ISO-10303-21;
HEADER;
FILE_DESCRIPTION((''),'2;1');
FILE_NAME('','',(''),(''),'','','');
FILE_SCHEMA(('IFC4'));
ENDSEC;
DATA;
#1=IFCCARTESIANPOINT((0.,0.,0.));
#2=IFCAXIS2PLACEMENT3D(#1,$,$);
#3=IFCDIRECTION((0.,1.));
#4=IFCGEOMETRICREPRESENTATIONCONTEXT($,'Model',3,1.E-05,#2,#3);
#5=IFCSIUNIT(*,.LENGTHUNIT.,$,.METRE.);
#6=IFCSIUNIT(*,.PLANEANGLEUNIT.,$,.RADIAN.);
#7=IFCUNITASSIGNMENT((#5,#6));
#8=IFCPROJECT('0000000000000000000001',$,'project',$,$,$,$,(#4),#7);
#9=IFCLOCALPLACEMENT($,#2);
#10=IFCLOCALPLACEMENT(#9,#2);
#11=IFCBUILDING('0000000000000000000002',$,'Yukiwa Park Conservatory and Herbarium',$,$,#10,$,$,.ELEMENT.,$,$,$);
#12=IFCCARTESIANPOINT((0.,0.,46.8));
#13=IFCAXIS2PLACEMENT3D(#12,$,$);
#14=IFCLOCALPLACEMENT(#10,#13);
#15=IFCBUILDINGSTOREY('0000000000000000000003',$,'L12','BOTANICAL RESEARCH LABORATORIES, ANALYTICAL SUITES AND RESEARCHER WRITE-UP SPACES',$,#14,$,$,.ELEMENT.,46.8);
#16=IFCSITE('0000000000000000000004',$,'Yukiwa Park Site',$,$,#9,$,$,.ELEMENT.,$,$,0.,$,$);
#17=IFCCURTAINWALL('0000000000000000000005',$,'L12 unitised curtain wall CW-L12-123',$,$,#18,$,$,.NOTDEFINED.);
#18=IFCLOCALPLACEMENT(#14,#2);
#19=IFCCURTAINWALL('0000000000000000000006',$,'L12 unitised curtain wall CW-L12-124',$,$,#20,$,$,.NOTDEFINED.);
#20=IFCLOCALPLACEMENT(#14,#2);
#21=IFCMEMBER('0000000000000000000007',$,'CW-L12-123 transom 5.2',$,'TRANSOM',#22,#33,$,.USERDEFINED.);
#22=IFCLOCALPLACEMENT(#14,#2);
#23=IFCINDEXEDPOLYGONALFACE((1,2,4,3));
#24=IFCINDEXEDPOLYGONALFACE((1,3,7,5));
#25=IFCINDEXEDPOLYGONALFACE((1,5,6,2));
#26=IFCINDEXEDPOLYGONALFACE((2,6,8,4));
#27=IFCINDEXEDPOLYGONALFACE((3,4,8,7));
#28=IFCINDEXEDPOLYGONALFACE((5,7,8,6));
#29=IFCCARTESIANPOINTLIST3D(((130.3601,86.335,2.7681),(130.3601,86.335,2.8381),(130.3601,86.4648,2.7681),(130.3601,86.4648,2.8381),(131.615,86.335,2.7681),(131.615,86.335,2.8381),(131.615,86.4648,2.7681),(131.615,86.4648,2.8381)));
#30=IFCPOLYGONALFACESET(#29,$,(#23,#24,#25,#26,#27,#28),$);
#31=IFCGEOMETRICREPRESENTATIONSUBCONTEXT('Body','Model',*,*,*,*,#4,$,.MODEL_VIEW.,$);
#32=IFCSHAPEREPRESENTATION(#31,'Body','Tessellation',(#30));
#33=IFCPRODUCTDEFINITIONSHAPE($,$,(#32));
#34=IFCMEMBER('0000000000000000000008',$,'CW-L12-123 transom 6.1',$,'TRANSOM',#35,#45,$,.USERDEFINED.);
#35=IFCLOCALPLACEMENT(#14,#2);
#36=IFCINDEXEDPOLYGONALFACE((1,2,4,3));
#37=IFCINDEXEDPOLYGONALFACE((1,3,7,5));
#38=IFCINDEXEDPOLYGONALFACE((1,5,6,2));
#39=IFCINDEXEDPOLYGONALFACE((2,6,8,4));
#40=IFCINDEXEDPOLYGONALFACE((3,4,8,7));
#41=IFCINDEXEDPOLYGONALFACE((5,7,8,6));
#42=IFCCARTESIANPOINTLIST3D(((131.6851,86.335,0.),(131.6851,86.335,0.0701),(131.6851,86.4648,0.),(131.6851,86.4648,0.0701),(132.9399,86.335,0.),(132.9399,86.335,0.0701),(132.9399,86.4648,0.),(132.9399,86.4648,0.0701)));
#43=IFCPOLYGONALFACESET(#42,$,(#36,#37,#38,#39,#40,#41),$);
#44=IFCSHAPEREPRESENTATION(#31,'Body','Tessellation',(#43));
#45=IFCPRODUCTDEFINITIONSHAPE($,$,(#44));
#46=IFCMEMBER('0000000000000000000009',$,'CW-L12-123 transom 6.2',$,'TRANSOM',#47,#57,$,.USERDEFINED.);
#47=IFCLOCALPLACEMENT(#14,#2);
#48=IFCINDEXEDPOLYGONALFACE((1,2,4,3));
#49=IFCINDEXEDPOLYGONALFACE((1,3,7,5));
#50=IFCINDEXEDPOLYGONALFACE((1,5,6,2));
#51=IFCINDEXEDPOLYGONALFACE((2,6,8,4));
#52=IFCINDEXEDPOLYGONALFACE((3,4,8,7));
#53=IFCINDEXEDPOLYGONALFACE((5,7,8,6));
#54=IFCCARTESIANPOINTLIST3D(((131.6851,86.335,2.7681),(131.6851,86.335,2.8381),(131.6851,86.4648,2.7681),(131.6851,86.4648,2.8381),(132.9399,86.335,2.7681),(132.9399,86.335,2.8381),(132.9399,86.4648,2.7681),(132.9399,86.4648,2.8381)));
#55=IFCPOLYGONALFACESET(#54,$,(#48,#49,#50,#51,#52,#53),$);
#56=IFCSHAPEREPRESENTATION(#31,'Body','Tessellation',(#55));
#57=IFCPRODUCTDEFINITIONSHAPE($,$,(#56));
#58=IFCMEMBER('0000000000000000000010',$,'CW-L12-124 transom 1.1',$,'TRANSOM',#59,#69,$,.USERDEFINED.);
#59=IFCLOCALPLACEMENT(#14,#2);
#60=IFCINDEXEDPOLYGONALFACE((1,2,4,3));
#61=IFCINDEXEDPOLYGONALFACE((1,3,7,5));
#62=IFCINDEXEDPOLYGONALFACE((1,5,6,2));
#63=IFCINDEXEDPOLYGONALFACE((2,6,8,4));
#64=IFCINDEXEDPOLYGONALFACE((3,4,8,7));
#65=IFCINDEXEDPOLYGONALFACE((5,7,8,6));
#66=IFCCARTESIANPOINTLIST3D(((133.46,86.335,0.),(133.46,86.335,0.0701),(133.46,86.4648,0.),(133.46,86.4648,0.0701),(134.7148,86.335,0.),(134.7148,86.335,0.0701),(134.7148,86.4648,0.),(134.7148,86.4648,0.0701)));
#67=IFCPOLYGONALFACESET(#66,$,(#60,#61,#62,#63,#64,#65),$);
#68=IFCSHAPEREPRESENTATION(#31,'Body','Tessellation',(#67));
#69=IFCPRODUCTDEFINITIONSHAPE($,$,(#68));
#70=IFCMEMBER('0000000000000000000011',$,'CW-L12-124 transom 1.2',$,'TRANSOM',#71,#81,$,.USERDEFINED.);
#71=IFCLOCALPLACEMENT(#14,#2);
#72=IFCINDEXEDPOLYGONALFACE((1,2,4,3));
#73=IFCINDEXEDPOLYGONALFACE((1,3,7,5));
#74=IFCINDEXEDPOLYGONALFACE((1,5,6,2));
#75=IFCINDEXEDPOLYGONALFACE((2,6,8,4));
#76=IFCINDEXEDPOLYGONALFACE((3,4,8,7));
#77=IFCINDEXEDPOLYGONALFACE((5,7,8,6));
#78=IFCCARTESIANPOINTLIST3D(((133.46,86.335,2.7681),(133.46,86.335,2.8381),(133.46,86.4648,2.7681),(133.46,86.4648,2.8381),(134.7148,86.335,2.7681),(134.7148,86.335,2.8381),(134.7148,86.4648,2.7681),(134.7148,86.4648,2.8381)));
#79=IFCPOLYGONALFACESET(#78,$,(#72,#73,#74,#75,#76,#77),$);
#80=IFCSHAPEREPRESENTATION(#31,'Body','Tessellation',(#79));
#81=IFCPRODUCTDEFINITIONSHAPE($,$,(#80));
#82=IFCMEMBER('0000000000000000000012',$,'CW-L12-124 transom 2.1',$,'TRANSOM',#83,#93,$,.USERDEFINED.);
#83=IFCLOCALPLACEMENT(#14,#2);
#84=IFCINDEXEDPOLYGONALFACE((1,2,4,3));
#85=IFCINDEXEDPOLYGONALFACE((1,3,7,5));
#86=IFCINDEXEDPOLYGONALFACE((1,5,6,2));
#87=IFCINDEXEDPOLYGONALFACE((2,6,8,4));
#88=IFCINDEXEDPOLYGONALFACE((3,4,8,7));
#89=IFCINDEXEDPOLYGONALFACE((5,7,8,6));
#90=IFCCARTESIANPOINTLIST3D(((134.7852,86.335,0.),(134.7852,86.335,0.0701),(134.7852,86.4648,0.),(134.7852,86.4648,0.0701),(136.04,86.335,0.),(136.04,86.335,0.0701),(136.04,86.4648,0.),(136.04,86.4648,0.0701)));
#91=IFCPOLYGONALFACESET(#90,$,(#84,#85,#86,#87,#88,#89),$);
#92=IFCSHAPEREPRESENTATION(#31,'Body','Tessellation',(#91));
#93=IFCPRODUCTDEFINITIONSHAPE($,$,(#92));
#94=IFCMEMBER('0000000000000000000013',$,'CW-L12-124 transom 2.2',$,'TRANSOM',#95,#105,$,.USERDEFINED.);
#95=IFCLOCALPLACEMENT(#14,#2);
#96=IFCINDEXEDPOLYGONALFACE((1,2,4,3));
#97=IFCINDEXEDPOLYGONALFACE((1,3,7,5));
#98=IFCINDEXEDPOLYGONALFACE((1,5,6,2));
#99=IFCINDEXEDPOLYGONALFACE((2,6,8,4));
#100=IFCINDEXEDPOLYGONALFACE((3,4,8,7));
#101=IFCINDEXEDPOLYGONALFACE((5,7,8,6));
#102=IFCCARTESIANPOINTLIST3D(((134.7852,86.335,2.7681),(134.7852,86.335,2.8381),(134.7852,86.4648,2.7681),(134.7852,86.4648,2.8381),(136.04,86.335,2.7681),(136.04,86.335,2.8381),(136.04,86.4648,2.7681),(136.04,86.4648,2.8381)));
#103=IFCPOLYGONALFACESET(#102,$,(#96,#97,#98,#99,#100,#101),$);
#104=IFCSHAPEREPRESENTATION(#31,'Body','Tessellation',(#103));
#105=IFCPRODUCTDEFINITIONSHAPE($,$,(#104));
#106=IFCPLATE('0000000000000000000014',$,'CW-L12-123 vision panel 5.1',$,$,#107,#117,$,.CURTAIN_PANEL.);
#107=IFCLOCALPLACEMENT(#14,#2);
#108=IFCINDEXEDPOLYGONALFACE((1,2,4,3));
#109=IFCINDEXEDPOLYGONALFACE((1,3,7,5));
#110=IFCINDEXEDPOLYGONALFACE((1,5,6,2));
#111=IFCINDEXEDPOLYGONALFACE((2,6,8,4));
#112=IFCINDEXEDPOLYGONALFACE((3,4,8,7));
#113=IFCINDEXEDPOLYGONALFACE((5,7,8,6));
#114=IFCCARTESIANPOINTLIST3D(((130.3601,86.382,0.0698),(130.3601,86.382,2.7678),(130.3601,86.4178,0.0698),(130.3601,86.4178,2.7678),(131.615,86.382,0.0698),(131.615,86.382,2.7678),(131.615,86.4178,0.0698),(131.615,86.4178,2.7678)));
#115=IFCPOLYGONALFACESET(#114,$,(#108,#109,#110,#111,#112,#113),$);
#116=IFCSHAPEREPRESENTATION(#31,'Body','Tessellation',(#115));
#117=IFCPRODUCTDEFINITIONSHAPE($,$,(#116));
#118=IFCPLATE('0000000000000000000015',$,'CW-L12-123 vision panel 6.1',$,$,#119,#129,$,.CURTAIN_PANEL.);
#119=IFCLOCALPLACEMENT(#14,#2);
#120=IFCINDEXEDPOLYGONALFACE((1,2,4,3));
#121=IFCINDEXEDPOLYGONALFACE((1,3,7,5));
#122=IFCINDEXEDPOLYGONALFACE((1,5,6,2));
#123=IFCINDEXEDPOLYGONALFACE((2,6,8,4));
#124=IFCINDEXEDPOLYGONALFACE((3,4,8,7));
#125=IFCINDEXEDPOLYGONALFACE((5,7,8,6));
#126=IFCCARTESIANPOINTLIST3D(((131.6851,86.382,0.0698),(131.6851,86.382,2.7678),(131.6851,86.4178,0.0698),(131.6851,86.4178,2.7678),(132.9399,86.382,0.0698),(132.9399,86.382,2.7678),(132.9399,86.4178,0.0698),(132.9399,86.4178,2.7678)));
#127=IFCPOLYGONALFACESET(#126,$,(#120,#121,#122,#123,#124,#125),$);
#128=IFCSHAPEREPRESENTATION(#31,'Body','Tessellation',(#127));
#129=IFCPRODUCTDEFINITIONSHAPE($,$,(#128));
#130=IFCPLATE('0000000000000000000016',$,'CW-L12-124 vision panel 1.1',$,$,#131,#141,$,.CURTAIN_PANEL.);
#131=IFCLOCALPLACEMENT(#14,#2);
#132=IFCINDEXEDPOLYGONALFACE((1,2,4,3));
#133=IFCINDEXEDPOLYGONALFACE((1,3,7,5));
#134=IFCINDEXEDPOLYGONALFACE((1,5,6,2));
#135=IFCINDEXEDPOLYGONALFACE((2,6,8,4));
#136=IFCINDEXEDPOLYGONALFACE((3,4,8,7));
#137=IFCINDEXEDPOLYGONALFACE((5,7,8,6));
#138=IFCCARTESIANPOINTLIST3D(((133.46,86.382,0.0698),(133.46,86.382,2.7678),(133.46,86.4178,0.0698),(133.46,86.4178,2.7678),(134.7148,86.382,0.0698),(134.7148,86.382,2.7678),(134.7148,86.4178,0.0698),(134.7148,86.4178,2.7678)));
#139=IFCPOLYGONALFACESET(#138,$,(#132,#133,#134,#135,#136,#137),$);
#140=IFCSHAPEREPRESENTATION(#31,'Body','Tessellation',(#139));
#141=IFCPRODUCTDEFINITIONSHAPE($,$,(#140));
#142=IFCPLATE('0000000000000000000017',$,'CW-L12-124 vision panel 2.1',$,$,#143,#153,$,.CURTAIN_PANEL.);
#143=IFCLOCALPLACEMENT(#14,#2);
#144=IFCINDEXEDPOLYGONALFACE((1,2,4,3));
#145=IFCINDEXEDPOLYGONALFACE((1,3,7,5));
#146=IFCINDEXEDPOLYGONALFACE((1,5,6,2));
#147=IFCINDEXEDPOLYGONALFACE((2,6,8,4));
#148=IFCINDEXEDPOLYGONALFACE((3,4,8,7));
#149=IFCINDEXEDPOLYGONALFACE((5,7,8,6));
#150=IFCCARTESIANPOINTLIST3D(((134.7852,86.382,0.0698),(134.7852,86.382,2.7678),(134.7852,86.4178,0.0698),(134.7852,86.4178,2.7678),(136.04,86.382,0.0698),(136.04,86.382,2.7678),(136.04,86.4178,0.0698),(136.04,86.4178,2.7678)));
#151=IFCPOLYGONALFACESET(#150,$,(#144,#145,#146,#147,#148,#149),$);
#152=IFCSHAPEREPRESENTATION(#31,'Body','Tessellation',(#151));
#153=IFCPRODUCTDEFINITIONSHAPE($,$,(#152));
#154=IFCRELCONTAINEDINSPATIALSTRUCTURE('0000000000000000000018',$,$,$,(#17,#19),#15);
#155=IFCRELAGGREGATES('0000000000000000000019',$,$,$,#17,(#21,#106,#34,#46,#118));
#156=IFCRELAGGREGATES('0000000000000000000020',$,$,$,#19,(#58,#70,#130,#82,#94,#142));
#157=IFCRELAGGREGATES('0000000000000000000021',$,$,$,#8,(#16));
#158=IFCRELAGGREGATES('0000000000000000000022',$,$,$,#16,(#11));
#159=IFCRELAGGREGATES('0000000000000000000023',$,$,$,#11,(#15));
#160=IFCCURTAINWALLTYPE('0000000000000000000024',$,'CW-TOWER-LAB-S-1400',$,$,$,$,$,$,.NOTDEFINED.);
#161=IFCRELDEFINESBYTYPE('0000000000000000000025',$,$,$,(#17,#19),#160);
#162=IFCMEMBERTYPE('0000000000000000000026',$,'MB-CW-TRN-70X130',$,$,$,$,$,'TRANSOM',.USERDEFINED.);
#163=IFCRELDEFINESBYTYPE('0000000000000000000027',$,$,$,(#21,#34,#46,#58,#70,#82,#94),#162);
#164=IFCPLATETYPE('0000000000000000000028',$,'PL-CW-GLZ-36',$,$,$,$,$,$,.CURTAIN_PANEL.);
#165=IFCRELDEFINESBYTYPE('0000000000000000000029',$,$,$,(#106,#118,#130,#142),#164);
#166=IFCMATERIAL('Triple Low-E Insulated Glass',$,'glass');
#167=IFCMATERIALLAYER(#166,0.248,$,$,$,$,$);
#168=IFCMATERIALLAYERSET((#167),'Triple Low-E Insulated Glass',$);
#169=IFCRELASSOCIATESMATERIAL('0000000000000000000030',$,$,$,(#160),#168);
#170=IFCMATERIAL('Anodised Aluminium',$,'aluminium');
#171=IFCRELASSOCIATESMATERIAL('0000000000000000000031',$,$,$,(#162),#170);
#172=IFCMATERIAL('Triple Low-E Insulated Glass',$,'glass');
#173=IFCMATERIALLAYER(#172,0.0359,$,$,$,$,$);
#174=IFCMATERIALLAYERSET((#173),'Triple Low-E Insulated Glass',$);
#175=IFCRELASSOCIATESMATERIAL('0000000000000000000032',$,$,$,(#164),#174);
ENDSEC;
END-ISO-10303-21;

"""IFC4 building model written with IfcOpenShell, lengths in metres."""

from ifc_helpers import new_model, si_unit, direction, frame, origin, origin_2d, place, context, subcontext, project, spatial, rectangle, extrude, material, layer, layer_set, type_object, element, aggregate, save


model = new_model("IFC4")

# Units and contexts
model_context = context("Model", 3, precision=1e-05, world=origin(), true_north=direction((0.0, 1.0)))
body_context = subcontext(model_context, "Body", "Model", "MODEL_VIEW")
ifc_project = project(units=[si_unit("LENGTHUNIT", "METRE"), si_unit("PLANEANGLEUNIT", "RADIAN")], contexts=[model_context])

# Site, building, storey
site_placement = place(None, origin())
site = spatial("IfcSite", under=ifc_project, at=site_placement, Name="Yukiwa Park Site", CompositionType="ELEMENT", RefElevation=0.0)
building_placement = place(site_placement, origin())
building = spatial("IfcBuilding", under=site, at=building_placement, Name="Yukiwa Park Conservatory and Herbarium", CompositionType="ELEMENT")
storey_placement = place(building_placement, frame((0.0, 0.0, 46.8)))
storey = spatial("IfcBuildingStorey", under=building, at=storey_placement, Name="L12", Description="BOTANICAL RESEARCH LABORATORIES, ANALYTICAL SUITES AND RESEARCHER WRITE-UP SPACES", CompositionType="ELEMENT", Elevation=46.8)

# Curtain walls
ifc_material_1 = material(Name="Triple Low-E Insulated Glass", Category="glass")
ifc_layer_1 = layer(ifc_material_1, 0.248)
ifc_layer_set_1 = layer_set([ifc_layer_1], Name="Triple Low-E Insulated Glass")
curtain_wall_type = type_object("IfcCurtainWallType", Name="CW-TOWER-LAB-S-1400", PredefinedType="NOTDEFINED", material=ifc_layer_set_1)
curtain_wall_1_placement = place(storey_placement, origin())
curtain_wall_1 = element("IfcCurtainWall", 1, at=curtain_wall_1_placement, inside=storey, type_object=curtain_wall_type, Name="L12 unitised curtain wall CW-L12-123", PredefinedType="NOTDEFINED")
curtain_wall_2_placement = place(storey_placement, origin())
curtain_wall_2 = element("IfcCurtainWall", 2, at=curtain_wall_2_placement, inside=storey, type_object=curtain_wall_type, Name="L12 unitised curtain wall CW-L12-124", PredefinedType="NOTDEFINED")

# Members
ifc_material_2 = material(Name="Anodised Aluminium", Category="aluminium")
member_type_1 = type_object("IfcMemberType", Name="MB-CW-TRN-70X130", ElementType="TRANSOM", PredefinedType="USERDEFINED", material=ifc_material_2)
member_1_placement = place(storey_placement, frame((130.9875, 86.3999, 2.7681), z_axis=(0.0, 0.0, 1.0), x_axis=(1.0, 0.0, 0.0)))
member_1 = element("IfcMember", 3, at=member_1_placement, type_object=member_type_1, Name="CW-L12-123 transom 5.2", ObjectType="TRANSOM", PredefinedType="USERDEFINED", context=body_context, shape_type="SweptSolid", body=[
    extrude(rectangle(XDim=1.2549, YDim=0.1299, at=origin_2d()), origin(), (0.0, 0.0, 1.0), 0.0701),
])
member_2_placement = place(storey_placement, frame((132.3125, 86.3999, 0.0), z_axis=(0.0, 0.0, 1.0), x_axis=(1.0, 0.0, 0.0)))
member_2 = element("IfcMember", 4, at=member_2_placement, type_object=member_type_1, Name="CW-L12-123 transom 6.1", ObjectType="TRANSOM", PredefinedType="USERDEFINED", context=body_context, shape_type="SweptSolid", body=[
    extrude(rectangle(XDim=1.2549, YDim=0.1299, at=origin_2d()), origin(), (0.0, 0.0, 1.0), 0.0701),
])
member_3_placement = place(storey_placement, frame((132.3125, 86.3999, 2.7681), z_axis=(0.0, 0.0, 1.0), x_axis=(1.0, 0.0, 0.0)))
member_3 = element("IfcMember", 5, at=member_3_placement, type_object=member_type_1, Name="CW-L12-123 transom 6.2", ObjectType="TRANSOM", PredefinedType="USERDEFINED", context=body_context, shape_type="SweptSolid", body=[
    extrude(rectangle(XDim=1.2549, YDim=0.1299, at=origin_2d()), origin(), (0.0, 0.0, 1.0), 0.0701),
])
member_4_placement = place(storey_placement, frame((134.0874, 86.3999, 0.0), z_axis=(0.0, 0.0, 1.0), x_axis=(1.0, 0.0, 0.0)))
member_4 = element("IfcMember", 6, at=member_4_placement, type_object=member_type_1, Name="CW-L12-124 transom 1.1", ObjectType="TRANSOM", PredefinedType="USERDEFINED", context=body_context, shape_type="SweptSolid", body=[
    extrude(rectangle(XDim=1.2549, YDim=0.1299, at=origin_2d()), origin(), (0.0, 0.0, 1.0), 0.0701),
])
member_5_placement = place(storey_placement, frame((134.0874, 86.3999, 2.7681), z_axis=(0.0, 0.0, 1.0), x_axis=(1.0, 0.0, 0.0)))
member_5 = element("IfcMember", 7, at=member_5_placement, type_object=member_type_1, Name="CW-L12-124 transom 1.2", ObjectType="TRANSOM", PredefinedType="USERDEFINED", context=body_context, shape_type="SweptSolid", body=[
    extrude(rectangle(XDim=1.2549, YDim=0.1299, at=origin_2d()), origin(), (0.0, 0.0, 1.0), 0.0701),
])
member_6_placement = place(storey_placement, frame((135.4126, 86.3999, 0.0), z_axis=(0.0, 0.0, 1.0), x_axis=(1.0, 0.0, 0.0)))
member_6 = element("IfcMember", 8, at=member_6_placement, type_object=member_type_1, Name="CW-L12-124 transom 2.1", ObjectType="TRANSOM", PredefinedType="USERDEFINED", context=body_context, shape_type="SweptSolid", body=[
    extrude(rectangle(XDim=1.2549, YDim=0.1299, at=origin_2d()), origin(), (0.0, 0.0, 1.0), 0.0701),
])
member_7_placement = place(storey_placement, frame((135.4126, 86.3999, 2.7681), z_axis=(0.0, 0.0, 1.0), x_axis=(1.0, 0.0, 0.0)))
member_7 = element("IfcMember", 9, at=member_7_placement, type_object=member_type_1, Name="CW-L12-124 transom 2.2", ObjectType="TRANSOM", PredefinedType="USERDEFINED", context=body_context, shape_type="SweptSolid", body=[
    extrude(rectangle(XDim=1.2549, YDim=0.1299, at=origin_2d()), origin(), (0.0, 0.0, 1.0), 0.0701),
])

# Plates
ifc_material_3 = material(Name="Triple Low-E Insulated Glass", Category="glass")
ifc_layer_2 = layer(ifc_material_3, 0.0359)
ifc_layer_set_2 = layer_set([ifc_layer_2], Name="Triple Low-E Insulated Glass")
plate_type = type_object("IfcPlateType", Name="PL-CW-GLZ-36", PredefinedType="CURTAIN_PANEL", material=ifc_layer_set_2)
plate_1_placement = place(storey_placement, frame((130.9875, 86.3999, 0.0698), z_axis=(0.0, 0.0, 1.0), x_axis=(1.0, 0.0, 0.0)))
plate_1 = element("IfcPlate", 10, at=plate_1_placement, type_object=plate_type, Name="CW-L12-123 vision panel 5.1", PredefinedType="CURTAIN_PANEL", context=body_context, shape_type="SweptSolid", body=[
    extrude(rectangle(XDim=1.2549, YDim=0.0359, at=origin_2d()), origin(), (0.0, 0.0, 1.0), 2.698),
])
plate_2_placement = place(storey_placement, frame((132.3125, 86.3999, 0.0698), z_axis=(0.0, 0.0, 1.0), x_axis=(1.0, 0.0, 0.0)))
plate_2 = element("IfcPlate", 11, at=plate_2_placement, type_object=plate_type, Name="CW-L12-123 vision panel 6.1", PredefinedType="CURTAIN_PANEL", context=body_context, shape_type="SweptSolid", body=[
    extrude(rectangle(XDim=1.2549, YDim=0.0359, at=origin_2d()), origin(), (0.0, 0.0, 1.0), 2.698),
])
aggregate(curtain_wall_1, [member_1, plate_1, member_2, member_3, plate_2])
plate_3_placement = place(storey_placement, frame((134.0874, 86.3999, 0.0698), z_axis=(0.0, 0.0, 1.0), x_axis=(1.0, 0.0, 0.0)))
plate_3 = element("IfcPlate", 12, at=plate_3_placement, type_object=plate_type, Name="CW-L12-124 vision panel 1.1", PredefinedType="CURTAIN_PANEL", context=body_context, shape_type="SweptSolid", body=[
    extrude(rectangle(XDim=1.2549, YDim=0.0359, at=origin_2d()), origin(), (0.0, 0.0, 1.0), 2.698),
])
plate_4_placement = place(storey_placement, frame((135.4126, 86.3999, 0.0698), z_axis=(0.0, 0.0, 1.0), x_axis=(1.0, 0.0, 0.0)))
plate_4 = element("IfcPlate", 13, at=plate_4_placement, type_object=plate_type, Name="CW-L12-124 vision panel 2.1", PredefinedType="CURTAIN_PANEL", context=body_context, shape_type="SweptSolid", body=[
    extrude(rectangle(XDim=1.2549, YDim=0.0359, at=origin_2d()), origin(), (0.0, 0.0, 1.0), 2.698),
])
aggregate(curtain_wall_2, [member_4, member_5, plate_3, member_6, member_7, plate_4])

save(model, "model.ifc")
